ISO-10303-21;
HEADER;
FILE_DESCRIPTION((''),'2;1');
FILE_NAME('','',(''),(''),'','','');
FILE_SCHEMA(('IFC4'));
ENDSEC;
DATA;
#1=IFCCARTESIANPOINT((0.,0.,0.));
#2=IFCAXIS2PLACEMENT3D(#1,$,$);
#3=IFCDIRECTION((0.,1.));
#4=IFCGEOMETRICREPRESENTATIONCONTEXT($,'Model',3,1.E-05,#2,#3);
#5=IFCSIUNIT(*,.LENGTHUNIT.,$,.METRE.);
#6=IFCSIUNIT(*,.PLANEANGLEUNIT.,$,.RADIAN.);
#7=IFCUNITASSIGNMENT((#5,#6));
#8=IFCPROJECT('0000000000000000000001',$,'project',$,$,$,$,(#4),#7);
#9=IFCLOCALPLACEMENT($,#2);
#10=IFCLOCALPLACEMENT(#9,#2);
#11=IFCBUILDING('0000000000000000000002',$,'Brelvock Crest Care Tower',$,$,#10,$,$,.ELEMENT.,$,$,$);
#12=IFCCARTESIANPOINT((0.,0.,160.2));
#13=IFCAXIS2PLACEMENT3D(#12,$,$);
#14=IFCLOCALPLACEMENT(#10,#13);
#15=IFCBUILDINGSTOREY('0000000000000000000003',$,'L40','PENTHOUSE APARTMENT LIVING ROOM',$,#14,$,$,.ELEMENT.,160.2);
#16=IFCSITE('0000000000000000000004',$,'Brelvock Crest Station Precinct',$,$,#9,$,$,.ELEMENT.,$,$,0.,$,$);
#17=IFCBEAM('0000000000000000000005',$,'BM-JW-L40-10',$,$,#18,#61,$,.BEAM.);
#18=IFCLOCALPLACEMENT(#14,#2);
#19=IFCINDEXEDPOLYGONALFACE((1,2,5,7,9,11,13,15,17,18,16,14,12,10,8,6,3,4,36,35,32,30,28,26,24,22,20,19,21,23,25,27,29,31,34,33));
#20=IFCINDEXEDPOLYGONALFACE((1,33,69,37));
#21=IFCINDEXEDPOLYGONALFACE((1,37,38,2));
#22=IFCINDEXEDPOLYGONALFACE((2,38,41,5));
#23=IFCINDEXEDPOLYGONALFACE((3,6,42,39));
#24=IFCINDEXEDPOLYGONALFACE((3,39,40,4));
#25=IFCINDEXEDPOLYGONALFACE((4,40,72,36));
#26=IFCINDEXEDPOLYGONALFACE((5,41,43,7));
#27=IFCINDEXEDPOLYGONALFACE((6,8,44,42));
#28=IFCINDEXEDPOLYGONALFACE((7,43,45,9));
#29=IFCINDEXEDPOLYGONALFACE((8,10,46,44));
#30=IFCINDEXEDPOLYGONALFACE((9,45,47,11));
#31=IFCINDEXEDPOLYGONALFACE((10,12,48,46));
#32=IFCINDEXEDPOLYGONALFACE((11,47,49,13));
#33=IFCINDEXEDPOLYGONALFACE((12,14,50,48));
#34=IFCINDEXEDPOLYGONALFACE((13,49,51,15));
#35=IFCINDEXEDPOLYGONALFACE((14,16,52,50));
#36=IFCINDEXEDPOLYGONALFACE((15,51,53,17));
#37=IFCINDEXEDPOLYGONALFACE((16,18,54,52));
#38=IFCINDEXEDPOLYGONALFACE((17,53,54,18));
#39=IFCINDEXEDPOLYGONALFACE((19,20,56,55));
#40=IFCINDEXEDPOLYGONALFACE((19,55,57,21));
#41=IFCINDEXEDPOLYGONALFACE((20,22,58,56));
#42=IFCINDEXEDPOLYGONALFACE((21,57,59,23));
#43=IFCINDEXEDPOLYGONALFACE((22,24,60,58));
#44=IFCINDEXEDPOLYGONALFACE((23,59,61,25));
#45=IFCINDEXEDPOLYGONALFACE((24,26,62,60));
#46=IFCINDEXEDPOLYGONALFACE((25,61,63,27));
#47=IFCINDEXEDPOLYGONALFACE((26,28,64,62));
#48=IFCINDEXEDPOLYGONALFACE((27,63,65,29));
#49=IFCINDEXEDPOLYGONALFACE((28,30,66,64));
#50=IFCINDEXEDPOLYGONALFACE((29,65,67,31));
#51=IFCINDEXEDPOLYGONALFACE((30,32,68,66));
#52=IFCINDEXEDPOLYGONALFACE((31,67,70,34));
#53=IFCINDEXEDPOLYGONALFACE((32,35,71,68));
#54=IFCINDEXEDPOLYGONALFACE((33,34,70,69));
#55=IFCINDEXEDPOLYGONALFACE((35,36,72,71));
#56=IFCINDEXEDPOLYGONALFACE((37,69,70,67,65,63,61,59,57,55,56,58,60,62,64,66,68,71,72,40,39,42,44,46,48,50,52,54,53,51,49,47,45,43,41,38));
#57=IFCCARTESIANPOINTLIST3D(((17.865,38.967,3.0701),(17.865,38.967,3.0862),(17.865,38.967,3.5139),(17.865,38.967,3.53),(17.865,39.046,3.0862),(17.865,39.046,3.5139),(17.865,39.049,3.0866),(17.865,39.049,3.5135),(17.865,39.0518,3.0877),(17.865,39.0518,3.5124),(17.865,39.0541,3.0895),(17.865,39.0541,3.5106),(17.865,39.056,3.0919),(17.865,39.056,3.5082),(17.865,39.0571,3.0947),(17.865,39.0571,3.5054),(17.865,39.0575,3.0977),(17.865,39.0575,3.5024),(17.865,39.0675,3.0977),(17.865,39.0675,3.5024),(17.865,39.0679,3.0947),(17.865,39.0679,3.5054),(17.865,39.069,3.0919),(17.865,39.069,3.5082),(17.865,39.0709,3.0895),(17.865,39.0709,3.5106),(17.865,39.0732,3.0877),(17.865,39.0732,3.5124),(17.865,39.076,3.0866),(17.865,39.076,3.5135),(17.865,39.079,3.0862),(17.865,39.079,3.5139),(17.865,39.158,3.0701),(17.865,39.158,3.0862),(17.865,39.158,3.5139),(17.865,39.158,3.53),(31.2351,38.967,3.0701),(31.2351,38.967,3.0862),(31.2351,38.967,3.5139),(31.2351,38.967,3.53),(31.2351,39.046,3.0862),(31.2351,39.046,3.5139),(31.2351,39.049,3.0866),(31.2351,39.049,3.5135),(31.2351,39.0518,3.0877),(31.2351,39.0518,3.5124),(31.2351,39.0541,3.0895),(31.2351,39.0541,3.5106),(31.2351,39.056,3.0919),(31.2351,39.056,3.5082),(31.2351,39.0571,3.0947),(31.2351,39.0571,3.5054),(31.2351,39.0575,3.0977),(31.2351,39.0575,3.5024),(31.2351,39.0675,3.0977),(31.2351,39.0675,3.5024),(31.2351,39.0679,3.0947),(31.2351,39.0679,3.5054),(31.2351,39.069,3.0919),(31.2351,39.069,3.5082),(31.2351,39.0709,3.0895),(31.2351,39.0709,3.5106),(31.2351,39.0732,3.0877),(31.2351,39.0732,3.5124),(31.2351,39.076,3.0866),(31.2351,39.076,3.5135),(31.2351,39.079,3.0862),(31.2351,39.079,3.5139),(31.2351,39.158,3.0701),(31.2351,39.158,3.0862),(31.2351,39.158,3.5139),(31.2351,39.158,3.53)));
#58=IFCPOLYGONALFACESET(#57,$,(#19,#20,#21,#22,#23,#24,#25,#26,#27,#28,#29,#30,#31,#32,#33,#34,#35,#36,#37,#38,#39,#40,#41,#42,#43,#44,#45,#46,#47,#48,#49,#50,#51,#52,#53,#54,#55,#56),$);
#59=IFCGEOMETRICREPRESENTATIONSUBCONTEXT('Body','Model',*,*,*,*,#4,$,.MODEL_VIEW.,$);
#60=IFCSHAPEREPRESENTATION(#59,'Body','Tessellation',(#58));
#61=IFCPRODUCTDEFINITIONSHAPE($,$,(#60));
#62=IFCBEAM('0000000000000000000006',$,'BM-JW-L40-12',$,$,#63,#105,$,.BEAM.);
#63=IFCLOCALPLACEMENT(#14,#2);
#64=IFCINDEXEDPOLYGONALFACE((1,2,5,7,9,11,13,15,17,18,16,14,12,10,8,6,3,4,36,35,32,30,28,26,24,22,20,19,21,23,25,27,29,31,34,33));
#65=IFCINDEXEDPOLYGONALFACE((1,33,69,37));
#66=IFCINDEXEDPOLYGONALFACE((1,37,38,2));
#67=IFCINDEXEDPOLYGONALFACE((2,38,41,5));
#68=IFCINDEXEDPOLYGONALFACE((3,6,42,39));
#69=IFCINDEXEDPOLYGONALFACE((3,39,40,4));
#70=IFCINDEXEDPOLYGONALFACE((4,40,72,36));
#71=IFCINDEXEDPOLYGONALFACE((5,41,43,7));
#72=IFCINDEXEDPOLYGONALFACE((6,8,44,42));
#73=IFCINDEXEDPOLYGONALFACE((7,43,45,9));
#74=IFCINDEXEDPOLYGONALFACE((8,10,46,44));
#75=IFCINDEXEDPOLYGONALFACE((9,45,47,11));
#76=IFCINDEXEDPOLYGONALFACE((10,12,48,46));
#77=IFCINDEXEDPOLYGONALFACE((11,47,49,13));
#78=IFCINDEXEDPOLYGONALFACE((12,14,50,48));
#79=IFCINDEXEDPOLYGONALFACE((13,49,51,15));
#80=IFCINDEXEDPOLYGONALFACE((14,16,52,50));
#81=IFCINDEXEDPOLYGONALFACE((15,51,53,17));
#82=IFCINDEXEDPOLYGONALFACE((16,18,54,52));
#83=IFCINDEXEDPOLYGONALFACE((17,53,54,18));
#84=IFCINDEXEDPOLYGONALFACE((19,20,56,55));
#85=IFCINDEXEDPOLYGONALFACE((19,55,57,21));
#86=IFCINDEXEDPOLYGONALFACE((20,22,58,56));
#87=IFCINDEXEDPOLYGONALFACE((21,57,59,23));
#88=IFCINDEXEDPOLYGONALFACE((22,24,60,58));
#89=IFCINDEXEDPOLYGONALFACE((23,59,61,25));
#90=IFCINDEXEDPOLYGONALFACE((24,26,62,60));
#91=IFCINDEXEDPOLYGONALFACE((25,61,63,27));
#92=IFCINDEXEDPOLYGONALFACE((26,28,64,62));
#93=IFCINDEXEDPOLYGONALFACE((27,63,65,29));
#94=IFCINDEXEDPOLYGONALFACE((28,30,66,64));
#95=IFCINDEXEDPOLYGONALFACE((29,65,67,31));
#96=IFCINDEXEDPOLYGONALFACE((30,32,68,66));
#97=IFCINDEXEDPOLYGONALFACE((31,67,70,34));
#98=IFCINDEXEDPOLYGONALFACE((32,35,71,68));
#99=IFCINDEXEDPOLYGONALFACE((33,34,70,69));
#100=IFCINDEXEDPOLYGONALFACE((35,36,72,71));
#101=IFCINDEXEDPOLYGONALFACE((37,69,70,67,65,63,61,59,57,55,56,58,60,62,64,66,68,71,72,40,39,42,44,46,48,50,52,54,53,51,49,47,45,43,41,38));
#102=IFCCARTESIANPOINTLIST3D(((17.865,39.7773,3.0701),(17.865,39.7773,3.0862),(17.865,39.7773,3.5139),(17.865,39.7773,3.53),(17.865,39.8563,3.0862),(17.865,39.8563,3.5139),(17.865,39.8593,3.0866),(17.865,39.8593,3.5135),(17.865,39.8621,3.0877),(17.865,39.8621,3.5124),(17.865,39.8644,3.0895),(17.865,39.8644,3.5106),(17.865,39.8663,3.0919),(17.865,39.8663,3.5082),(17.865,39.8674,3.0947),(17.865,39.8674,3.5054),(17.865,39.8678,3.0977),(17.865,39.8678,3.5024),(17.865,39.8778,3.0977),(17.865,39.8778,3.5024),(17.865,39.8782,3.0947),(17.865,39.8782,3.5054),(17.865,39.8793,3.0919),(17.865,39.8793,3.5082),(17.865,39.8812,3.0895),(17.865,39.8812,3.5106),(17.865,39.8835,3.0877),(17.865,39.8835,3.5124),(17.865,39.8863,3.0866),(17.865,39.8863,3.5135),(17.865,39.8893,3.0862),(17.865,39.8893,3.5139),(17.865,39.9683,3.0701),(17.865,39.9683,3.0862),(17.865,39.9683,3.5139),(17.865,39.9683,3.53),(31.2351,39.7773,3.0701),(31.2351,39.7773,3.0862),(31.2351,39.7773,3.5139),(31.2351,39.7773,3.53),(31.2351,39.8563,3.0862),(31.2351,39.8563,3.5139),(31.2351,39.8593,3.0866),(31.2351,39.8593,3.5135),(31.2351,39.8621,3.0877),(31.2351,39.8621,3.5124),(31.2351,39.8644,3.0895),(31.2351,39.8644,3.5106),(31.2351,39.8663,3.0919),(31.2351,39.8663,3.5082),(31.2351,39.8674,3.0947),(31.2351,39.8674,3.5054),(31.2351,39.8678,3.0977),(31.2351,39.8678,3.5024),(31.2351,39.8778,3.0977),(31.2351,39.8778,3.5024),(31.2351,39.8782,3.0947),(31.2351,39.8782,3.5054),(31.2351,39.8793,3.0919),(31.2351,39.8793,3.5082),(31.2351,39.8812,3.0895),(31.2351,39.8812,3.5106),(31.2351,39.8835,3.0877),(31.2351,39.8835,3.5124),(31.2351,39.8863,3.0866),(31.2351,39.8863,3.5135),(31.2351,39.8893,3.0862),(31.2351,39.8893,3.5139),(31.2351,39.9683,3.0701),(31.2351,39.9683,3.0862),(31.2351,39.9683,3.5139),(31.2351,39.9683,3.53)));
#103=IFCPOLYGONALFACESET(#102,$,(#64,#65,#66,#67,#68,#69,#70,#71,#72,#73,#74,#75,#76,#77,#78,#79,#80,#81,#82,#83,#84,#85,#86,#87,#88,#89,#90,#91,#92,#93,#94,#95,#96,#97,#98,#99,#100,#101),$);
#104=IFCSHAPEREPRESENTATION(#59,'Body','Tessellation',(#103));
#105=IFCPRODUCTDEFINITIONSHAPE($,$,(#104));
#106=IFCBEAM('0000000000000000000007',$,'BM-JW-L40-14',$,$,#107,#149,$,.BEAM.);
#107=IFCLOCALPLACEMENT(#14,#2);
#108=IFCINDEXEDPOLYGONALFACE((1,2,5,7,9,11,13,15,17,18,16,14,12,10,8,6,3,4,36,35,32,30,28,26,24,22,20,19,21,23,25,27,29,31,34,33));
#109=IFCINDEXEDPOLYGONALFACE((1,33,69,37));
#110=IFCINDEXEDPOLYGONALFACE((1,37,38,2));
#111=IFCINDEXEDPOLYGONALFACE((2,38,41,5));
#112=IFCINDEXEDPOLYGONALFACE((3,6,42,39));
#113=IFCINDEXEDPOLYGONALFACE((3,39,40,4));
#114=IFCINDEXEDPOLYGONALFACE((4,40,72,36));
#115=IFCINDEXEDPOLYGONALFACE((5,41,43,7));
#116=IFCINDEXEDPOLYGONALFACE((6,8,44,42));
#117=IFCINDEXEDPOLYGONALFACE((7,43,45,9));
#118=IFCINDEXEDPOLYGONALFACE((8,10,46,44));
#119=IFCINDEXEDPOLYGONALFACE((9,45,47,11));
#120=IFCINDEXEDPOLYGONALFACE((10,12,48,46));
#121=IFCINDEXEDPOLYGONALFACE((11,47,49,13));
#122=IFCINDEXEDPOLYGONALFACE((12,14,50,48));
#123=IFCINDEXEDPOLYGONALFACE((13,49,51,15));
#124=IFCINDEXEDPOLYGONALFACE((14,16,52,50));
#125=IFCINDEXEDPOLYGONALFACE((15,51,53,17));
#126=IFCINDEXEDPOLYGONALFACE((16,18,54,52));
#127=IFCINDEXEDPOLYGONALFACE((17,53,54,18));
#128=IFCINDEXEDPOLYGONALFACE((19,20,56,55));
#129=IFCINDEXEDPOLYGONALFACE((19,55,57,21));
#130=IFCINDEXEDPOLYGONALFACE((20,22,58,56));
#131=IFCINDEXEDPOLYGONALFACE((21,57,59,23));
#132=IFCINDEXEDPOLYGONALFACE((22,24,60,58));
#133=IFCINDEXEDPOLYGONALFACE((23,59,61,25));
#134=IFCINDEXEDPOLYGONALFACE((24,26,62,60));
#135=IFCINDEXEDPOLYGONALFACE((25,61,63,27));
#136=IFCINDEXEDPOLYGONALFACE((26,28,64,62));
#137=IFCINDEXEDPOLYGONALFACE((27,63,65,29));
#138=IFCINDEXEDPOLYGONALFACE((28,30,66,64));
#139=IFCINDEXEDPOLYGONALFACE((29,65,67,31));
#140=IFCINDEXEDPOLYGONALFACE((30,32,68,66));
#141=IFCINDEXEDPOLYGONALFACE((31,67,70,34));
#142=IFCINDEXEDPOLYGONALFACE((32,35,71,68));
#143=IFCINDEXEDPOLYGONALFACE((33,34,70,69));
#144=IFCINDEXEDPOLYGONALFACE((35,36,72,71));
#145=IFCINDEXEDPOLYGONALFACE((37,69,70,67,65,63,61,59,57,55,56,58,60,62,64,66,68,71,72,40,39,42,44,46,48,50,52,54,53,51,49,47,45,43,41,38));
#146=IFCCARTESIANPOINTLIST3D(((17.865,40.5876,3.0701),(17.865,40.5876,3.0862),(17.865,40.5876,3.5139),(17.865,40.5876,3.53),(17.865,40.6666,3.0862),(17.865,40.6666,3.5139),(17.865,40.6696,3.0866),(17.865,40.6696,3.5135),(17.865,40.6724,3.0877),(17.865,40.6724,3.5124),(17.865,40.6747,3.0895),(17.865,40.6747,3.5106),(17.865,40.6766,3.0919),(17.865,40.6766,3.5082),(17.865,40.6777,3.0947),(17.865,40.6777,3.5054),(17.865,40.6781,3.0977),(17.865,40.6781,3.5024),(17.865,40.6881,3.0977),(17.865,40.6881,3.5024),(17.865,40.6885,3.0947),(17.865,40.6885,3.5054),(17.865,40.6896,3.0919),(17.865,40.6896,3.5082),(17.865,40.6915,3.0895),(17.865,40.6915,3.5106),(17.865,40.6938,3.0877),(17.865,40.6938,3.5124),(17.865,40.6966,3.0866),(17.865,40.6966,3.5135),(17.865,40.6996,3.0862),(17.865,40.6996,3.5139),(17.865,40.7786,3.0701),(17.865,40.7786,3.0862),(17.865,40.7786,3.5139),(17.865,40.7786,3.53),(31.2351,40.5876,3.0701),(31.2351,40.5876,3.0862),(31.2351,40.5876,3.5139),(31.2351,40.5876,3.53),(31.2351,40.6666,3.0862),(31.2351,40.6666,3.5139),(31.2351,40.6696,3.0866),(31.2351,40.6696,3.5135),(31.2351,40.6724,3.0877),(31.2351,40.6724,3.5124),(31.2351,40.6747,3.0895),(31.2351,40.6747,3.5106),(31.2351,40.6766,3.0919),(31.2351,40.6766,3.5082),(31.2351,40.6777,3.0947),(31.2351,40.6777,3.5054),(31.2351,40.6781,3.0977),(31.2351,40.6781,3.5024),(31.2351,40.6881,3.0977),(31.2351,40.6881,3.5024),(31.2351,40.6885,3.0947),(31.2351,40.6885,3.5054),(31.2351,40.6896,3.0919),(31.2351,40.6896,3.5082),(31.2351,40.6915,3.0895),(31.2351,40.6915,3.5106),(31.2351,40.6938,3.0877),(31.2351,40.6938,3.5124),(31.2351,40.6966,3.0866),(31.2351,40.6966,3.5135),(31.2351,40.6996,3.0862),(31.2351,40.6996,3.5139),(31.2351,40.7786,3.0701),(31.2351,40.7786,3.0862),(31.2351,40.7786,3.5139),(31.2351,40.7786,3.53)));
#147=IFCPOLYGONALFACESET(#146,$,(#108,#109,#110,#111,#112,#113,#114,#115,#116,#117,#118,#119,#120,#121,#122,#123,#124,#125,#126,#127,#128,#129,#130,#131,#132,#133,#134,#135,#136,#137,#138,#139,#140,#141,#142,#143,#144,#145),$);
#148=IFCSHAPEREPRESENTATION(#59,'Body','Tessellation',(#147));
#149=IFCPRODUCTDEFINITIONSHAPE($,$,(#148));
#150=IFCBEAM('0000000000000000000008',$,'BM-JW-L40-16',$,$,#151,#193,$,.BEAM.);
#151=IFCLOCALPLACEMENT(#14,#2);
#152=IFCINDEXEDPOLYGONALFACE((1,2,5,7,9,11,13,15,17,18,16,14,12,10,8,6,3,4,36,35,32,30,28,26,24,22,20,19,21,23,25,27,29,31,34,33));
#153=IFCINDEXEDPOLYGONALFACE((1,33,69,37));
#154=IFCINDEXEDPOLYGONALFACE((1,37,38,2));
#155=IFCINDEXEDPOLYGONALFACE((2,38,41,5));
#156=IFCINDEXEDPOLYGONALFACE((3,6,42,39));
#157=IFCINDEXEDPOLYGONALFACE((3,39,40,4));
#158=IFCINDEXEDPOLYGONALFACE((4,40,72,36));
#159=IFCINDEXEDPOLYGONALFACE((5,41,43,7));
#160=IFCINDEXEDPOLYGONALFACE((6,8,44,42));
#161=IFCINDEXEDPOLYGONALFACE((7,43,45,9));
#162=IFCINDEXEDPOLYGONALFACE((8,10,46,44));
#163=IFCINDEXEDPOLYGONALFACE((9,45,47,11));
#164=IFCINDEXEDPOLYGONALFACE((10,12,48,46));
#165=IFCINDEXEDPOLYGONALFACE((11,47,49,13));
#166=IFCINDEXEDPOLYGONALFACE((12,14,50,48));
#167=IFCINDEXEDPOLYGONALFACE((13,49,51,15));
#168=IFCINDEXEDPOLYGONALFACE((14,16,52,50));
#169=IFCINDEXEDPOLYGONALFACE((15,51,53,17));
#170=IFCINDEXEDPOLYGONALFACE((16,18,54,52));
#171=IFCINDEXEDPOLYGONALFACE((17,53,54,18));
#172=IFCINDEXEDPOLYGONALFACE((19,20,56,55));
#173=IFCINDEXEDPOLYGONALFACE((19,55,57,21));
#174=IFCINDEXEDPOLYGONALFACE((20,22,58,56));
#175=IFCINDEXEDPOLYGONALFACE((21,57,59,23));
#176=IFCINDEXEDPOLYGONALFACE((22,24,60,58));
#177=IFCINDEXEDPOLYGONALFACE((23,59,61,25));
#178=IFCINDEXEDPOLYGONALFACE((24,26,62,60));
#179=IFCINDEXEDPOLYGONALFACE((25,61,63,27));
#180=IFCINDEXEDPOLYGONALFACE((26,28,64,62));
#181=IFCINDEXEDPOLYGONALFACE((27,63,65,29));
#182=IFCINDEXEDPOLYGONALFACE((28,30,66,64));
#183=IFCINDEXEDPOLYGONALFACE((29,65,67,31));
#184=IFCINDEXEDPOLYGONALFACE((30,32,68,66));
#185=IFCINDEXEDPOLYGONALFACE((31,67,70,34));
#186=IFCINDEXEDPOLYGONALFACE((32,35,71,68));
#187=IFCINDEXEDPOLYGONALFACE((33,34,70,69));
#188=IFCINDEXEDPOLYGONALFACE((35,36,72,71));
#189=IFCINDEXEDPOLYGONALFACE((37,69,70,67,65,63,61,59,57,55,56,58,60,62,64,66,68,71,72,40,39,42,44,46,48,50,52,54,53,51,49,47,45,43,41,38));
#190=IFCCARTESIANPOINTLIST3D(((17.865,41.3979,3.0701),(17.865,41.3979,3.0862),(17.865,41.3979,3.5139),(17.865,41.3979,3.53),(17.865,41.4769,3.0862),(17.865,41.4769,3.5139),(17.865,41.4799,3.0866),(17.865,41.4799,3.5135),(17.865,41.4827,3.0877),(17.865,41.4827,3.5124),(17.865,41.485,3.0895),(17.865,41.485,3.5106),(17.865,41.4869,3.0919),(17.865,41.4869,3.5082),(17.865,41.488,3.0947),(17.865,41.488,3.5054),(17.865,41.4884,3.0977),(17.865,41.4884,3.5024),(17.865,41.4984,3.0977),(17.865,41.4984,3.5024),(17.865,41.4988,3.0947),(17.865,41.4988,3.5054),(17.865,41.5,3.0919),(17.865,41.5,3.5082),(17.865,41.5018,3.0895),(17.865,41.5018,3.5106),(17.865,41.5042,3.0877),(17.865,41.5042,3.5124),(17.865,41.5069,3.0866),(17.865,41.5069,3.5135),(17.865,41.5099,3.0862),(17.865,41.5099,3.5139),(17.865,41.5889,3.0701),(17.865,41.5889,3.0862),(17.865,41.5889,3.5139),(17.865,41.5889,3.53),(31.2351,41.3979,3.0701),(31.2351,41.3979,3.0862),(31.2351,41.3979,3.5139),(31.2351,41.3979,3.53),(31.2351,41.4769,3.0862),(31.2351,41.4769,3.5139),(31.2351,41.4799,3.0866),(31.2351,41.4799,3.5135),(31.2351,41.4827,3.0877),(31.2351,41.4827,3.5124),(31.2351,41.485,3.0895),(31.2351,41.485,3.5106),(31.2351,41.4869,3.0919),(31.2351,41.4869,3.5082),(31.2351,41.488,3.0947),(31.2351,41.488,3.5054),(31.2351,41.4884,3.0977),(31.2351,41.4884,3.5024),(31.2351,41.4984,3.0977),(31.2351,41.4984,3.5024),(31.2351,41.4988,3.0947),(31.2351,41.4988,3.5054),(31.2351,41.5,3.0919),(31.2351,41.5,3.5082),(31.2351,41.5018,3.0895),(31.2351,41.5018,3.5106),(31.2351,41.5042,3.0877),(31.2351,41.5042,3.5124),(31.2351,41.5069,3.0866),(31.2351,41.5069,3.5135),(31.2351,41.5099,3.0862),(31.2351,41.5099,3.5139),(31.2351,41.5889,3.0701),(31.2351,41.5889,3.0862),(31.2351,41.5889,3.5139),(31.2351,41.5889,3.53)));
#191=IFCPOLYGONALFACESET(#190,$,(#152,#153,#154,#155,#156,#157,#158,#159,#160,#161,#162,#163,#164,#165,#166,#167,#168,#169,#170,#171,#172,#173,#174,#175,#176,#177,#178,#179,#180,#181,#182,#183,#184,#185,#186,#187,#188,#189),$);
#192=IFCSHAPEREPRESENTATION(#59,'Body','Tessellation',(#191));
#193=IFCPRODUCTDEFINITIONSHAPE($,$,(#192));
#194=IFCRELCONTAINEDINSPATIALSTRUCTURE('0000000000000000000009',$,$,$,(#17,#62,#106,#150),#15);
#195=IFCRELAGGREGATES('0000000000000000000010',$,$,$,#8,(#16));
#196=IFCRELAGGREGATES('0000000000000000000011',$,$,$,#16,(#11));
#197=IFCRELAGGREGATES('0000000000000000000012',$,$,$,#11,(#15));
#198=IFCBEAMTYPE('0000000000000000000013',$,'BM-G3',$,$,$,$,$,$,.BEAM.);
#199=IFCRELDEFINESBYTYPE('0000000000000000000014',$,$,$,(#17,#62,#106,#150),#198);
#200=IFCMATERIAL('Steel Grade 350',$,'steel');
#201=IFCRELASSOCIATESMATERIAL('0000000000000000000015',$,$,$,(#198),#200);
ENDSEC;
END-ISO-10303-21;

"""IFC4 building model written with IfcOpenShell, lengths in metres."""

from ifc_helpers import new_model, si_unit, direction, frame, origin, origin_2d, place, context, subcontext, project, spatial, i_section, extrude, source, transform, mapped, material, material_profile, profile_set, type_object, element, save


model = new_model("IFC4")

# Units and contexts
model_context = context("Model", 3, precision=1e-05, world=origin(), true_north=direction((0.0, 1.0)))
body_context = subcontext(model_context, "Body", "Model", "MODEL_VIEW")
ifc_project = project(units=[si_unit("LENGTHUNIT", "METRE"), si_unit("PLANEANGLEUNIT", "RADIAN")], contexts=[model_context])

# Site, building, storey
site_placement = place(None, origin())
site = spatial("IfcSite", under=ifc_project, at=site_placement, Name="Brelvock Crest Station Precinct", CompositionType="ELEMENT", RefElevation=0.0)
building_placement = place(site_placement, origin())
building = spatial("IfcBuilding", under=site, at=building_placement, Name="Brelvock Crest Care Tower", CompositionType="ELEMENT")
storey_placement = place(building_placement, frame((0.0, 0.0, 160.2)))
storey = spatial("IfcBuildingStorey", under=building, at=storey_placement, Name="L40", Description="PENTHOUSE APARTMENT LIVING ROOM", CompositionType="ELEMENT", Elevation=160.2)

# Shared definitions
ifc_material_1 = material(Name="Steel Grade 350", Category="steel")

# Beams
ifc_material_profile_1 = material_profile(ifc_material_1, i_section(OverallWidth=0.1909, OverallDepth=0.46, WebThickness=0.01, FlangeThickness=0.0161, FilletRadius=0.0115, at=origin_2d()), Name="460UB82.1")
ifc_profile_set_1 = profile_set([ifc_material_profile_1], Name="Steel Grade 350")
beam_type_1 = type_object("IfcBeamType", Name="BM-G3", PredefinedType="BEAM", material=ifc_profile_set_1)
shared_shape_1 = source(origin(), body_context, "Body", "SweptSolid", [
    extrude(i_section(OverallWidth=0.1909, OverallDepth=0.46, WebThickness=0.01, FlangeThickness=0.0161, FilletRadius=0.0115, at=origin_2d()), origin(), (0.0, 0.0, 1.0), 13.3701),
])
for number, where, z_axis, x_axis, name in (
    (1, (17.865, 39.0625, 3.3), (1.0, 0.0, 0.0), (0.0, 1.0, 0.0), "BM-JW-L40-10"),
    (2, (17.865, 39.8728, 3.3), (1.0, 0.0, 0.0), (0.0, 1.0, 0.0), "BM-JW-L40-12"),
    (3, (17.865, 40.6831, 3.3), (1.0, 0.0, 0.0), (0.0, 1.0, 0.0), "BM-JW-L40-14"),
    (4, (17.865, 41.4934, 3.3), (1.0, 0.0, 0.0), (0.0, 1.0, 0.0), "BM-JW-L40-16"),
):
    element("IfcBeam", number, at=place(storey_placement, frame(where, z_axis=z_axis, x_axis=x_axis)), inside=storey, type_object=beam_type_1, Name=name, PredefinedType="BEAM", context=body_context, shape_type="MappedRepresentation", body=[
        mapped(shared_shape_1, transform((0.0, 0.0, 0.0), x_axis=(1.0, 0.0, 0.0), y_axis=(0.0, 1.0, 0.0), z_axis=(0.0, 0.0, 1.0), scale=1.0)),
    ])

save(model, "model.ifc")
